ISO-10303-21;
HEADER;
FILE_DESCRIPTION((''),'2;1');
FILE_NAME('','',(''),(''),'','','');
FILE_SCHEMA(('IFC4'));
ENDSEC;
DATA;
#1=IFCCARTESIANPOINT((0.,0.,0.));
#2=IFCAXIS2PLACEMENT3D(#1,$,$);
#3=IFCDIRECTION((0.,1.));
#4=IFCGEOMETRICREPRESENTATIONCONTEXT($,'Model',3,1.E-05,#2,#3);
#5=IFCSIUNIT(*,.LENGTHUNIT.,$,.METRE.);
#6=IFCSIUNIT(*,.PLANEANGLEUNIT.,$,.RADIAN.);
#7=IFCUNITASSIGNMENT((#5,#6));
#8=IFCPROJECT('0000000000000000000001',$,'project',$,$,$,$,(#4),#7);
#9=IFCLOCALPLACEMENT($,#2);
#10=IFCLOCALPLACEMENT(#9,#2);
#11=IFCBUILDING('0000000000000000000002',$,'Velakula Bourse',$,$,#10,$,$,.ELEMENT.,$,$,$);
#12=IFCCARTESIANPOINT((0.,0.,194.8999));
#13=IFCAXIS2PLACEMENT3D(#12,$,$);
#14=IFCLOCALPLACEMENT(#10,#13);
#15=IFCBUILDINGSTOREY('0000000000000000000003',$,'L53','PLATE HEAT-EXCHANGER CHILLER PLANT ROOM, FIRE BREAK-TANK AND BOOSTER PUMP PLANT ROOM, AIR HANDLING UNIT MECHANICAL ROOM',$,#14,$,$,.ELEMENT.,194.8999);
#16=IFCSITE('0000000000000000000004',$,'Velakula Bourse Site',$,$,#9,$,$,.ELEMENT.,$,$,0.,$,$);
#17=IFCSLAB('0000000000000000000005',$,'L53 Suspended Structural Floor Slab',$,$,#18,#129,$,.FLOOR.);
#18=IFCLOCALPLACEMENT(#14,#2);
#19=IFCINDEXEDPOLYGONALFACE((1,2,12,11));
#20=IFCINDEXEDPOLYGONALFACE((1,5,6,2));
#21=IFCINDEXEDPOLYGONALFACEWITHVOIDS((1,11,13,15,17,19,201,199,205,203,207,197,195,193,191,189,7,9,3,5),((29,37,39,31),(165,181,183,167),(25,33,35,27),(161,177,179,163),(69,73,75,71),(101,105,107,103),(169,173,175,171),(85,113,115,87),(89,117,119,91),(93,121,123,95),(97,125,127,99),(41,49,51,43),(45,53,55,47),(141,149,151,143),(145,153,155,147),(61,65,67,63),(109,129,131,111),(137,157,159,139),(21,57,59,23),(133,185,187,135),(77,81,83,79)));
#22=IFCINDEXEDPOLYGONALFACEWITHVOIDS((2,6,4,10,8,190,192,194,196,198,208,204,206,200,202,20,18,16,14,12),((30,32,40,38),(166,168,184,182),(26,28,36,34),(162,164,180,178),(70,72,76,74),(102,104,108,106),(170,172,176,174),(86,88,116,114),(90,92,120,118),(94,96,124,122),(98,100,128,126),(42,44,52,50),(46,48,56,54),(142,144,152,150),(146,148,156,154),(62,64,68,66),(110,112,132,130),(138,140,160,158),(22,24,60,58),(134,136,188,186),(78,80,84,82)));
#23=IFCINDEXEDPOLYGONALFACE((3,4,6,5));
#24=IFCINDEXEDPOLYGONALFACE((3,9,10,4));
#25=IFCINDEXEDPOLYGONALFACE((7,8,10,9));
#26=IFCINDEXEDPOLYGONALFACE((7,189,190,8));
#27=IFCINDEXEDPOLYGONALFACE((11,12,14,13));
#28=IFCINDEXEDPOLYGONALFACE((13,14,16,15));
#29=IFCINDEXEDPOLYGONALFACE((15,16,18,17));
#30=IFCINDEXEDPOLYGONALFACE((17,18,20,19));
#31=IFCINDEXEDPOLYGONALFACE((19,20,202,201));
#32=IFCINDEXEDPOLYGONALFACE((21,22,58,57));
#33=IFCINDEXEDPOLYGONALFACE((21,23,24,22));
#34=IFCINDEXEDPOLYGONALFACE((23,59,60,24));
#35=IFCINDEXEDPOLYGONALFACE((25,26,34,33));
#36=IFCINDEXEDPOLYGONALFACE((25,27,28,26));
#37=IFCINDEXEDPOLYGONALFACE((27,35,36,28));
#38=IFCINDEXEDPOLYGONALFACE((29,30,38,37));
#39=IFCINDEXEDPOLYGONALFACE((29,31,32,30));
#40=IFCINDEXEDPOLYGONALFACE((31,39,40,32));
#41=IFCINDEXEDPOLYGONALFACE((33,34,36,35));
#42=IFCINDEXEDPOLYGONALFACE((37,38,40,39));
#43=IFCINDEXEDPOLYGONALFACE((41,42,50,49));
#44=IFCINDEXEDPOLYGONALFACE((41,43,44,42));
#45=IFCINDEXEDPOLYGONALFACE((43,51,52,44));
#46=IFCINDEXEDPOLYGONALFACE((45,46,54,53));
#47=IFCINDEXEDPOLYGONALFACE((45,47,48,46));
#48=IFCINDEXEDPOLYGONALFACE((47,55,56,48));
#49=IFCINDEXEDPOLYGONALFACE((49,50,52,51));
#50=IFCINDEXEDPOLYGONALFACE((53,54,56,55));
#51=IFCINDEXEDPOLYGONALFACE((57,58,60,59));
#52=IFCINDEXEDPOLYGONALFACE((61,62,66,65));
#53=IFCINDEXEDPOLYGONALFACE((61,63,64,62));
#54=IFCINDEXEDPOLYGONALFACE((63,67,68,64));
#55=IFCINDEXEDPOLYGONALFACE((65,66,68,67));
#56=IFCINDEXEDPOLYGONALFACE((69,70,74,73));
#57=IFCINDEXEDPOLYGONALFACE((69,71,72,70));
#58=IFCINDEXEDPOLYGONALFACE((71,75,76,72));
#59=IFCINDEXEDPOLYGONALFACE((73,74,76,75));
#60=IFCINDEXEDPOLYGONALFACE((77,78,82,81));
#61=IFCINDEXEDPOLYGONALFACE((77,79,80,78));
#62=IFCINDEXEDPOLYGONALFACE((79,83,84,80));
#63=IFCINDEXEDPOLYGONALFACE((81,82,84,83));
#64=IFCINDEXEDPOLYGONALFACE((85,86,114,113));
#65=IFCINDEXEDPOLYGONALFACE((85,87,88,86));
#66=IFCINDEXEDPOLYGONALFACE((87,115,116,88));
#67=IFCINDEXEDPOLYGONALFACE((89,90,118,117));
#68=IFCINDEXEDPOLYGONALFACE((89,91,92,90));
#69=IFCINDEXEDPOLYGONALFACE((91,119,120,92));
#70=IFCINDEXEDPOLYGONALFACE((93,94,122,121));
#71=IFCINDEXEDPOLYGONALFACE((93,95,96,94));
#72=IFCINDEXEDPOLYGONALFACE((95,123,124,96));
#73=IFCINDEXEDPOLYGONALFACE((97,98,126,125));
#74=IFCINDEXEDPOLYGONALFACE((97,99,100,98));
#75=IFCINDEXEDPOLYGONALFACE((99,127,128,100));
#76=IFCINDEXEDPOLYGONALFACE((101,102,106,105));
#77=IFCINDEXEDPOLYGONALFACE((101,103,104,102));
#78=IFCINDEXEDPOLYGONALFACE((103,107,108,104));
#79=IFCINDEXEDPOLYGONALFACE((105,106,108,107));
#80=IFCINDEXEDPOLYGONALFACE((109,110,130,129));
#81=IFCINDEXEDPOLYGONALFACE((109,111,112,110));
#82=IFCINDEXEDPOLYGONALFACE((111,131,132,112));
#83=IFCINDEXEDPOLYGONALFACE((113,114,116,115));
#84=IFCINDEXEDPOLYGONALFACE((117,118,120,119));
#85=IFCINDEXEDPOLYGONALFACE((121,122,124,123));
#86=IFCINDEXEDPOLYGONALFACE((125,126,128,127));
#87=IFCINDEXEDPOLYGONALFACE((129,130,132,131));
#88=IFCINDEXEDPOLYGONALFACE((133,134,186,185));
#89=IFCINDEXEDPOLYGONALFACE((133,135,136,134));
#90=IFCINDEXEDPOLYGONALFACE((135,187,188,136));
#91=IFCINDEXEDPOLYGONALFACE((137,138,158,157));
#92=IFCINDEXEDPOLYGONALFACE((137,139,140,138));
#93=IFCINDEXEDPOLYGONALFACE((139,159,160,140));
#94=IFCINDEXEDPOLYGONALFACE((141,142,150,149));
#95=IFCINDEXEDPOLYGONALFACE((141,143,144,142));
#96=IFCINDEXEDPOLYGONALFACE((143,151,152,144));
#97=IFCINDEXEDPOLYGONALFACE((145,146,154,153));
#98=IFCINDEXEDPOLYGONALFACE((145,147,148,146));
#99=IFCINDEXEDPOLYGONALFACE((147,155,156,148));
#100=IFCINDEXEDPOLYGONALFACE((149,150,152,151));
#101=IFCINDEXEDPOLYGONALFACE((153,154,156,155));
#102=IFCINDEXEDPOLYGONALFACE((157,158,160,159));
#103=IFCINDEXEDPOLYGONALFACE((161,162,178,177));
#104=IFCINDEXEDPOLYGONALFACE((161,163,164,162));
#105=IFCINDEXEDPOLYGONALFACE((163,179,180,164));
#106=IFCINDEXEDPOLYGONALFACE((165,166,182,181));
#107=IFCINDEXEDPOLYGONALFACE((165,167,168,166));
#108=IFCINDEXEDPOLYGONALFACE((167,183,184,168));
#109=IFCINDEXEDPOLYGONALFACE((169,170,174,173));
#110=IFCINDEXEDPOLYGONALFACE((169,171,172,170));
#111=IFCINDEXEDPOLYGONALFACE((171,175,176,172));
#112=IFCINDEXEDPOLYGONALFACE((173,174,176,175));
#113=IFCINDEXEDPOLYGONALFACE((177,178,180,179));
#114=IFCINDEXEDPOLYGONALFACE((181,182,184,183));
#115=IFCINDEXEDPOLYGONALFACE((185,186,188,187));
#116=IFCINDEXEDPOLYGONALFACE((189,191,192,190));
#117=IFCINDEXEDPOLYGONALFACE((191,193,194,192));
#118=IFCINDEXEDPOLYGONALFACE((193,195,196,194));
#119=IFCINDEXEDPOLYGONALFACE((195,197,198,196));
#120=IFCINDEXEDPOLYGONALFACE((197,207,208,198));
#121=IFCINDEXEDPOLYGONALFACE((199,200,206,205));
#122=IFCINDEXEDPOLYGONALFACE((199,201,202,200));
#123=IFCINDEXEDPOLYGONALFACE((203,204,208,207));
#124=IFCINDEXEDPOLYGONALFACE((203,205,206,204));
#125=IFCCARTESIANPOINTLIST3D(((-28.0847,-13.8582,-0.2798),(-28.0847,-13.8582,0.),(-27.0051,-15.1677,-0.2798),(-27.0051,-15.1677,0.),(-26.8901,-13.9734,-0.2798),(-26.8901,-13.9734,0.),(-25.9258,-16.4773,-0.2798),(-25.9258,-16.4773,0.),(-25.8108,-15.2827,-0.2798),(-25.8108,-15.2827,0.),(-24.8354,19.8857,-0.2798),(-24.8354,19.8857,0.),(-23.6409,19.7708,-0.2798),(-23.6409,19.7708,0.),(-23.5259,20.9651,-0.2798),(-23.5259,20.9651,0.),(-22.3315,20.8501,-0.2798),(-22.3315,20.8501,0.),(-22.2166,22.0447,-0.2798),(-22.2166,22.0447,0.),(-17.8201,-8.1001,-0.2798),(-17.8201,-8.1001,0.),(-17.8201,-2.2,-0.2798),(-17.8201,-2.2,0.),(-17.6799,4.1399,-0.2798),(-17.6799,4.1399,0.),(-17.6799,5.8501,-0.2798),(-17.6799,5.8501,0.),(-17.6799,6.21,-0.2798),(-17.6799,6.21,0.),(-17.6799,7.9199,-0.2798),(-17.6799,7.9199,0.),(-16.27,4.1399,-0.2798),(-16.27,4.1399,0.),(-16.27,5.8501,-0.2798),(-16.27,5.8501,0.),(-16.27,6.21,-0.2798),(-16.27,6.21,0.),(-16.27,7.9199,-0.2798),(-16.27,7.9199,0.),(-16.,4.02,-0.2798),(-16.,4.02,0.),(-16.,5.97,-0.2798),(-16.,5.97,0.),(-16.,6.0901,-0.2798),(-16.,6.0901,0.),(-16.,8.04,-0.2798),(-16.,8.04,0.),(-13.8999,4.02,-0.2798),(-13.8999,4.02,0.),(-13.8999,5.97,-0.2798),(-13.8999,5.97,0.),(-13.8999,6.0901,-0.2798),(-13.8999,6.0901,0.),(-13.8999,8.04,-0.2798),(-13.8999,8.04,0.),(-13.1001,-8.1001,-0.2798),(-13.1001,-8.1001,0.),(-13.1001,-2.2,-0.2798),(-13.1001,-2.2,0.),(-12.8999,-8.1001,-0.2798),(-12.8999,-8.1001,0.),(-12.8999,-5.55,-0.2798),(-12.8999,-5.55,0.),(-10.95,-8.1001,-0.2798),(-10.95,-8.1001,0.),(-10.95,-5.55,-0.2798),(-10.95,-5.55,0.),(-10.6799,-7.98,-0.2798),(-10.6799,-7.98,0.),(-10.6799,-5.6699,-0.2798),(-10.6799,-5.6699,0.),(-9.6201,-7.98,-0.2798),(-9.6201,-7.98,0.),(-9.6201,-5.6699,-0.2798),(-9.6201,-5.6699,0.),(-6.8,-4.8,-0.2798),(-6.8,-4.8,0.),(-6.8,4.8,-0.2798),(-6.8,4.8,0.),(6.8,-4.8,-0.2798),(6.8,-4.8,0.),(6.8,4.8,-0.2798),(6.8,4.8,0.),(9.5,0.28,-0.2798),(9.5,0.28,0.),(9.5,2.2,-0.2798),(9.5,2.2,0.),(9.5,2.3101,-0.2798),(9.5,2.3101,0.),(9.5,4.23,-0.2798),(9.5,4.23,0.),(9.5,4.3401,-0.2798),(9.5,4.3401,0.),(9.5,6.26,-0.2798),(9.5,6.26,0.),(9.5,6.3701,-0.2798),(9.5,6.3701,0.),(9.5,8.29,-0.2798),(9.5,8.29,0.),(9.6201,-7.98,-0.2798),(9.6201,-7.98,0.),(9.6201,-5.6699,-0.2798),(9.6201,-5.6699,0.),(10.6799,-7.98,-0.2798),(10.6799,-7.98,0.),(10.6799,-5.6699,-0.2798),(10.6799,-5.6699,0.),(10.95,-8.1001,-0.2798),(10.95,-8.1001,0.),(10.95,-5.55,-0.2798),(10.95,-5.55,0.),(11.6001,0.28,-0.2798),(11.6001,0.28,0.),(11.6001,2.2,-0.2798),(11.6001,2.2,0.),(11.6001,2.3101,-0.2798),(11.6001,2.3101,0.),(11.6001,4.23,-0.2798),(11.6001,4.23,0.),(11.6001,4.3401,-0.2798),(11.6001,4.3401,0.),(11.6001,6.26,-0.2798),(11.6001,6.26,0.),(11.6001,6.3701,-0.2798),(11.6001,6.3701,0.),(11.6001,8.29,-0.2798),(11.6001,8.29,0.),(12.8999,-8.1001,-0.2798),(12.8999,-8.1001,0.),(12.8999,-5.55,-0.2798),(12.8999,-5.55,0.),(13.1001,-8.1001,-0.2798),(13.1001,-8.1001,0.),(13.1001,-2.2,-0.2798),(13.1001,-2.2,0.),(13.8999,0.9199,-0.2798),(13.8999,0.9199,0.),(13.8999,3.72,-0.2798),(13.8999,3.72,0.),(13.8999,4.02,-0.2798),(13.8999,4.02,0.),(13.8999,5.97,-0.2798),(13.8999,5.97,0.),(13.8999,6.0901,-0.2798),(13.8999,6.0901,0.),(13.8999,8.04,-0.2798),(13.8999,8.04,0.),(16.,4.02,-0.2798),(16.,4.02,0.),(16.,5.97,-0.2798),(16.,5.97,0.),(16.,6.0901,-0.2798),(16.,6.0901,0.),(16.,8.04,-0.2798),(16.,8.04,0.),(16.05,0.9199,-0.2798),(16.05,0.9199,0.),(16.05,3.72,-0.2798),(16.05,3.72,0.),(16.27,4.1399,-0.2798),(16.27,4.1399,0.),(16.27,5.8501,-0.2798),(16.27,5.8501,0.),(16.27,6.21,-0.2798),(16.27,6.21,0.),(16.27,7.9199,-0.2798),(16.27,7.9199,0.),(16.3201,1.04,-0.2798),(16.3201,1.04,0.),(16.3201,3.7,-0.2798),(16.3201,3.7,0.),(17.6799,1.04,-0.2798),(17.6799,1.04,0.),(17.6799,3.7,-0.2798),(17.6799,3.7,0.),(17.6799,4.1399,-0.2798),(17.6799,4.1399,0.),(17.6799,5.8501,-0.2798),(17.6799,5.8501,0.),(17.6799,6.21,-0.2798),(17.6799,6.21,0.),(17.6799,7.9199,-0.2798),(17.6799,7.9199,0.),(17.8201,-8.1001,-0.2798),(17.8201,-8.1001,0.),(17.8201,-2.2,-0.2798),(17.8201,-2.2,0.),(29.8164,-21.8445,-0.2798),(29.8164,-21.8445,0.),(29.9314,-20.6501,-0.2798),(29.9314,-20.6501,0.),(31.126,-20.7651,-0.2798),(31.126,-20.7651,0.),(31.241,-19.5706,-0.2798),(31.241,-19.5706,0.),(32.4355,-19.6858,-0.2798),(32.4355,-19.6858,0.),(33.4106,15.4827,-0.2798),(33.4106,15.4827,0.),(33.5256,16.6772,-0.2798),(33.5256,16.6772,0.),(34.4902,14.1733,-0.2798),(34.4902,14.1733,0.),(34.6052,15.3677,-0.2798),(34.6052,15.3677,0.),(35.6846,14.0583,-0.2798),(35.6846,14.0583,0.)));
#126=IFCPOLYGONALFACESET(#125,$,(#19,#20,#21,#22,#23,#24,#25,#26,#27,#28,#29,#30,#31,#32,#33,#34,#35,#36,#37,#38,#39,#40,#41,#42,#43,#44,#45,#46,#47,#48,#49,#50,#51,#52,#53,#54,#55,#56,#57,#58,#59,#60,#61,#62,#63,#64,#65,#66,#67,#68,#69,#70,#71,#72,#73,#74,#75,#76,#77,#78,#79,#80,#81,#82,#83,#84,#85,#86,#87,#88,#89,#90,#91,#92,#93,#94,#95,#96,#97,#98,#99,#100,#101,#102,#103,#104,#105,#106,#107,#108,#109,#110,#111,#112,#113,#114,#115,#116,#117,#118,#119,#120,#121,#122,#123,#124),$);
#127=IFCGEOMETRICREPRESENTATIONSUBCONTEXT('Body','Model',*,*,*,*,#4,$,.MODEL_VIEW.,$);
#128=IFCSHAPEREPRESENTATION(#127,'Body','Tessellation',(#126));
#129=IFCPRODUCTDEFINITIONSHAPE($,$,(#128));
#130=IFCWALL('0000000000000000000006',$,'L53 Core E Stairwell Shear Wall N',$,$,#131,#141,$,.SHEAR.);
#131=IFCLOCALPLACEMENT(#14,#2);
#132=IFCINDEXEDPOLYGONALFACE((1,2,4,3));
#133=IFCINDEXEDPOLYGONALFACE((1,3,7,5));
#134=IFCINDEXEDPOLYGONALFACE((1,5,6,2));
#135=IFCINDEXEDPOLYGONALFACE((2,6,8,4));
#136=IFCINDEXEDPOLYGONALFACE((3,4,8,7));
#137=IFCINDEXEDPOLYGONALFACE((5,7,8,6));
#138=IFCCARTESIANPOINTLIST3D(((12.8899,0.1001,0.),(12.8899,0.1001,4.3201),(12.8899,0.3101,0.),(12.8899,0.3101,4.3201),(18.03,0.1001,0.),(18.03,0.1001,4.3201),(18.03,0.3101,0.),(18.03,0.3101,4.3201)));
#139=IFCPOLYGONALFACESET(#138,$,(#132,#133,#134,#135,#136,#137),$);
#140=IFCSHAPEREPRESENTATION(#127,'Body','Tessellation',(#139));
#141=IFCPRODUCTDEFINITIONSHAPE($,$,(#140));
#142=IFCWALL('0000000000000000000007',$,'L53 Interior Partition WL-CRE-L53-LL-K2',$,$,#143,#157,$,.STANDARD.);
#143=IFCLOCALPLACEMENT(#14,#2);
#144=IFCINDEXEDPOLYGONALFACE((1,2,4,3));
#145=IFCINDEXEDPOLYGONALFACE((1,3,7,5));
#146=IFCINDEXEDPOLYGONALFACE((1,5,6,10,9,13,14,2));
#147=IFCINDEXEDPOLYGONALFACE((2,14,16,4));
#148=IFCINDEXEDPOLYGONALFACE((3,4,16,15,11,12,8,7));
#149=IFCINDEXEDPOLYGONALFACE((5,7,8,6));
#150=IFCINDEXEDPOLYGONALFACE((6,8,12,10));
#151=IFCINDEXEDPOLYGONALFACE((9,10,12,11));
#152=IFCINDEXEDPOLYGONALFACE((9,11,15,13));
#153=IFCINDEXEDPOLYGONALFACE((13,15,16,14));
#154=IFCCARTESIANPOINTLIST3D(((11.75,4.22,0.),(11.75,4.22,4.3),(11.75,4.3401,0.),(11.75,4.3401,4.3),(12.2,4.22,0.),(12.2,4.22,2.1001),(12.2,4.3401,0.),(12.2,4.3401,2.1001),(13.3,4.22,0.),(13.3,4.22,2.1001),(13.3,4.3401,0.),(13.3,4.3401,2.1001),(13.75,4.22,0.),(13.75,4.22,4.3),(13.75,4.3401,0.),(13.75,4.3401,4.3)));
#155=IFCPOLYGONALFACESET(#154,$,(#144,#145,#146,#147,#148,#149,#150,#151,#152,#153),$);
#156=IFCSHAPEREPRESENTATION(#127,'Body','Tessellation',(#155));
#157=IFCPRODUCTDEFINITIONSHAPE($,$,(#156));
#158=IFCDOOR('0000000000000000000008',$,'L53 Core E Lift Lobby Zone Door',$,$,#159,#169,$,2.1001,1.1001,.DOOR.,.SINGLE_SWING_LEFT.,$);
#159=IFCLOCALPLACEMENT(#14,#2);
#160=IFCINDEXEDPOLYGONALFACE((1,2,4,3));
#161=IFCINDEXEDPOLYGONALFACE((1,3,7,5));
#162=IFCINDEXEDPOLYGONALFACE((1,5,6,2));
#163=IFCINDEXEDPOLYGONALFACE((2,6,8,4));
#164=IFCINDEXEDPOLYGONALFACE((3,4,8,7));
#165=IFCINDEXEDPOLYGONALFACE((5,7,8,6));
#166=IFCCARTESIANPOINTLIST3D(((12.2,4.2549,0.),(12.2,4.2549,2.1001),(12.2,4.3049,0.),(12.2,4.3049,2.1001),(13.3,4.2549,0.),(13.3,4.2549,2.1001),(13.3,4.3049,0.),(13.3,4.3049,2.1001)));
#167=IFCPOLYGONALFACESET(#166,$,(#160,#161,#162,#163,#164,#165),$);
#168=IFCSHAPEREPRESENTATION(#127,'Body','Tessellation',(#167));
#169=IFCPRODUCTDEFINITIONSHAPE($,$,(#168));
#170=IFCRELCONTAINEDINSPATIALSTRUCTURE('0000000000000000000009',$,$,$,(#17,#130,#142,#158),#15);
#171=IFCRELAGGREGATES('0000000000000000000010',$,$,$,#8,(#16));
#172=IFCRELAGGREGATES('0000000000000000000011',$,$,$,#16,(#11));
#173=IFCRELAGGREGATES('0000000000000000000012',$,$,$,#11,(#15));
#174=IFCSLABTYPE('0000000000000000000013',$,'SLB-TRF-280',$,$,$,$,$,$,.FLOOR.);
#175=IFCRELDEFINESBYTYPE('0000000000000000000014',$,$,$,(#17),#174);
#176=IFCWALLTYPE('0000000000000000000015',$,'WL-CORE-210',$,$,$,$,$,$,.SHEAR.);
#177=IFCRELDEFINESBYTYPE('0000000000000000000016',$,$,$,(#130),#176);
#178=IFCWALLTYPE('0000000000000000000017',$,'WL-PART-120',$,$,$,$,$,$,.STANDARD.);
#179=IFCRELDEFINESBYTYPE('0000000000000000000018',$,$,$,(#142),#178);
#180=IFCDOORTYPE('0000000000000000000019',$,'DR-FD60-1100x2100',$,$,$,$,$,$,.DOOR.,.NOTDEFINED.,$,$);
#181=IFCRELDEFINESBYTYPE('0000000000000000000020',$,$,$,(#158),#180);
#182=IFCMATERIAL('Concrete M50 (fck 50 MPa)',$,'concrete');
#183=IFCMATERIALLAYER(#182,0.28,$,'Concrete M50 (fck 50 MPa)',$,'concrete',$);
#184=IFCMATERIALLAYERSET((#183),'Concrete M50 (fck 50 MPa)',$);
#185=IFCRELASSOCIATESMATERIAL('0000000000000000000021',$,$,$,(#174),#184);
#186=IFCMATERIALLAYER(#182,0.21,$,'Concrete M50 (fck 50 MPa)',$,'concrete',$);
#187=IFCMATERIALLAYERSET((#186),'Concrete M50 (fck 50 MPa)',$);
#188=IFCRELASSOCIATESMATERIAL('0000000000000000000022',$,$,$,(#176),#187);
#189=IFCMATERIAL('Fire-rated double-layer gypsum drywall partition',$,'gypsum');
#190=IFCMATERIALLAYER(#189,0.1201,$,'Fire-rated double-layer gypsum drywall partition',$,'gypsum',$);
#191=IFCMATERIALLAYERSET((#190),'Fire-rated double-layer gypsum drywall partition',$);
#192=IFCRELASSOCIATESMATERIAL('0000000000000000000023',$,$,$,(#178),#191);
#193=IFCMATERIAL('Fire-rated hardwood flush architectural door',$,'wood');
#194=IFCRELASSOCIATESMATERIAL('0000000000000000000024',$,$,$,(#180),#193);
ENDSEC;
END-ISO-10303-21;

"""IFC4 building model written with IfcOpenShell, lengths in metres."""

from ifc_helpers import new_model, si_unit, direction, frame, frame_2d, origin, place, context, subcontext, project, spatial, polyline, rectangle, outline, extrude, material, layer, layer_set, type_object, element, fill, save


model = new_model("IFC4")

# Units and contexts
model_context = context("Model", 3, precision=1e-05, world=origin(), true_north=direction((0.0, 1.0)))
body_context = subcontext(model_context, "Body", "Model", "MODEL_VIEW")
ifc_project = project(units=[si_unit("LENGTHUNIT", "METRE"), si_unit("PLANEANGLEUNIT", "RADIAN")], contexts=[model_context])

# Site, building, storey
site_placement = place(None, origin())
site = spatial("IfcSite", under=ifc_project, at=site_placement, Name="Velakula Bourse Site", CompositionType="ELEMENT", RefElevation=0.0)
building_placement = place(site_placement, origin())
building = spatial("IfcBuilding", under=site, at=building_placement, Name="Velakula Bourse", CompositionType="ELEMENT")
storey_placement = place(building_placement, frame((0.0, 0.0, 194.8999)))
storey = spatial("IfcBuildingStorey", under=building, at=storey_placement, Name="L53", Description="PLATE HEAT-EXCHANGER CHILLER PLANT ROOM, FIRE BREAK-TANK AND BOOSTER PUMP PLANT ROOM, AIR HANDLING UNIT MECHANICAL ROOM", CompositionType="ELEMENT", Elevation=194.8999)

# Shared definitions
ifc_material_1 = material(Name="Concrete M50 (fck 50 MPa)", Category="concrete")

# Slab
ifc_layer_1 = layer(ifc_material_1, 0.28, Name="Concrete M50 (fck 50 MPa)", Category="concrete")
ifc_layer_set_1 = layer_set([ifc_layer_1], Name="Concrete M50 (fck 50 MPa)")
slab_type_1 = type_object("IfcSlabType", Name="SLB-TRF-280", PredefinedType="FLOOR", material=ifc_layer_set_1)
slab_1_placement = place(storey_placement, frame((0.0, 0.0, -0.2798)))
element("IfcSlab", 1, at=slab_1_placement, inside=storey, type_object=slab_type_1, Name="L53 Suspended Structural Floor Slab", PredefinedType="FLOOR", context=body_context, shape_type="SweptSolid", body=[
    extrude(outline(polyline([(-25.9258, -16.4773), (29.8164, -21.8445), (29.9314, -20.6501), (31.126, -20.7651), (31.241, -19.5706), (32.4355, -19.6858), (35.6846, 14.0583), (34.4902, 14.1733), (34.6052, 15.3677), (33.4106, 15.4827), (33.5256, 16.6772), (-22.2166, 22.0447), (-22.3315, 20.8501), (-23.5259, 20.9651), (-23.6409, 19.7708), (-24.8354, 19.8857), (-28.0847, -13.8582), (-26.8901, -13.9734), (-27.0051, -15.1677), (-25.8108, -15.2827), (-25.9258, -16.4773)]), holes=[polyline([(-17.8201, -8.1001), (-13.1001, -8.1001), (-13.1001, -2.2), (-17.8201, -2.2), (-17.8201, -8.1001)]), polyline([(13.1001, -8.1001), (17.8201, -8.1001), (17.8201, -2.2), (13.1001, -2.2), (13.1001, -8.1001)]), polyline([(-12.8999, -8.1001), (-10.95, -8.1001), (-10.95, -5.55), (-12.8999, -5.55), (-12.8999, -8.1001)]), polyline([(10.95, -8.1001), (12.8999, -8.1001), (12.8999, -5.55), (10.95, -5.55), (10.95, -8.1001)]), polyline([(13.8999, 0.9199), (16.05, 0.9199), (16.05, 3.72), (13.8999, 3.72), (13.8999, 0.9199)]), polyline([(-10.6799, -7.98), (-9.6201, -7.98), (-9.6201, -5.6699), (-10.6799, -5.6699), (-10.6799, -7.98)]), polyline([(-17.6799, 4.1399), (-16.27, 4.1399), (-16.27, 5.8501), (-17.6799, 5.8501), (-17.6799, 4.1399)]), polyline([(-17.6799, 6.21), (-16.27, 6.21), (-16.27, 7.9199), (-17.6799, 7.9199), (-17.6799, 6.21)]), polyline([(9.6201, -7.98), (10.6799, -7.98), (10.6799, -5.6699), (9.6201, -5.6699), (9.6201, -7.98)]), polyline([(16.27, 4.1399), (17.6799, 4.1399), (17.6799, 5.8501), (16.27, 5.8501), (16.27, 4.1399)]), polyline([(16.27, 6.21), (17.6799, 6.21), (17.6799, 7.9199), (16.27, 7.9199), (16.27, 6.21)]), polyline([(16.3201, 1.04), (17.6799, 1.04), (17.6799, 3.7), (16.3201, 3.7), (16.3201, 1.04)]), polyline([(9.5, 0.28), (11.6001, 0.28), (11.6001, 2.2), (9.5, 2.2), (9.5, 0.28)]), polyline([(9.5, 2.3101), (11.6001, 2.3101), (11.6001, 4.23), (9.5, 4.23), (9.5, 2.3101)]), polyline([(9.5, 4.3401), (11.6001, 4.3401), (11.6001, 6.26), (9.5, 6.26), (9.5, 4.3401)]), polyline([(9.5, 6.3701), (11.6001, 6.3701), (11.6001, 8.29), (9.5, 8.29), (9.5, 6.3701)]), polyline([(-16.0, 4.02), (-13.8999, 4.02), (-13.8999, 5.97), (-16.0, 5.97), (-16.0, 4.02)]), polyline([(-16.0, 6.0901), (-13.8999, 6.0901), (-13.8999, 8.04), (-16.0, 8.04), (-16.0, 6.0901)]), polyline([(13.8999, 4.02), (16.0, 4.02), (16.0, 5.97), (13.8999, 5.97), (13.8999, 4.02)]), polyline([(13.8999, 6.0901), (16.0, 6.0901), (16.0, 8.04), (13.8999, 8.04), (13.8999, 6.0901)]), polyline([(-6.8, -4.8), (6.8, -4.8), (6.8, 4.8), (-6.8, 4.8), (-6.8, -4.8)])]), origin(), (0.0, 0.0, 1.0), 0.2798),
])

# Wall
ifc_layer_2 = layer(ifc_material_1, 0.21, Name="Concrete M50 (fck 50 MPa)", Category="concrete")
ifc_layer_set_2 = layer_set([ifc_layer_2], Name="Concrete M50 (fck 50 MPa)")
wall_type_1 = type_object("IfcWallType", Name="WL-CORE-210", PredefinedType="SHEAR", material=ifc_layer_set_2)
wall_1_placement = place(storey_placement, frame((18.03, 0.2051, 0.0), z_axis=(0.0, 0.0, 1.0), x_axis=(-1.0, 0.0, 0.0)))
element("IfcWall", 2, at=wall_1_placement, inside=storey, type_object=wall_type_1, Name="L53 Core E Stairwell Shear Wall N", PredefinedType="SHEAR", context=body_context, shape_type="SweptSolid", body=[
    extrude(rectangle(XDim=5.1401, YDim=0.21, at=frame_2d((2.5701, 0.0))), origin(), (0.0, 0.0, 1.0), 4.3201),
])

# Wall, opening, door
ifc_material_2 = material(Name="Fire-rated double-layer gypsum drywall partition", Category="gypsum")
ifc_layer_3 = layer(ifc_material_2, 0.1201, Name="Fire-rated double-layer gypsum drywall partition", Category="gypsum")
ifc_layer_set_3 = layer_set([ifc_layer_3], Name="Fire-rated double-layer gypsum drywall partition")
wall_type_2 = type_object("IfcWallType", Name="WL-PART-120", PredefinedType="STANDARD", material=ifc_layer_set_3)
wall_2_placement = place(storey_placement, frame((11.75, 4.28, 0.0), z_axis=(0.0, 0.0, 1.0), x_axis=(1.0, 0.0, 0.0)))
wall_2 = element("IfcWall", 3, at=wall_2_placement, inside=storey, type_object=wall_type_2, Name="L53 Interior Partition WL-CRE-L53-LL-K2", PredefinedType="STANDARD", context=body_context, shape_type="SweptSolid", body=[
    extrude(rectangle(XDim=2.0, YDim=0.1201, at=frame_2d((1.0, 0.0))), origin(), (0.0, 0.0, 1.0), 4.3),
])
opening_1_placement = place(wall_2_placement, frame((0.45, 0.0, 0.0)))
opening_1 = element("IfcOpeningElement", 4, at=opening_1_placement, cuts=wall_2, PredefinedType="OPENING", context=body_context, shape_type="SweptSolid", body=[
    extrude(rectangle(XDim=1.1001, YDim=2.1001, at=frame_2d((0.55, 1.05))), frame((0.0, 0.0701, 0.0), z_axis=(0.0, -1.0, 0.0), x_axis=(1.0, 0.0, 0.0)), (0.0, 0.0, 1.0), 0.1401),
])
ifc_material_3 = material(Name="Fire-rated hardwood flush architectural door", Category="wood")
door_type_1 = type_object("IfcDoorType", Name="DR-FD60-1100x2100", OperationType="NOTDEFINED", PredefinedType="DOOR", material=ifc_material_3)
door_1_placement = place(opening_1_placement, origin())
door_1 = element("IfcDoor", 5, at=door_1_placement, inside=storey, type_object=door_type_1, Name="L53 Core E Lift Lobby Zone Door", OperationType="SINGLE_SWING_LEFT", OverallHeight=2.1001, OverallWidth=1.1001, PredefinedType="DOOR", context=body_context, shape_type="SweptSolid", body=[
    extrude(rectangle(XDim=1.1001, YDim=2.1001, at=frame_2d((0.55, 1.05))), frame((0.0, 0.0249, 0.0), z_axis=(0.0, -1.0, 0.0), x_axis=(1.0, 0.0, 0.0)), (0.0, 0.0, 1.0), 0.05),
])
fill(opening_1, door_1)

save(model, "model.ifc")
